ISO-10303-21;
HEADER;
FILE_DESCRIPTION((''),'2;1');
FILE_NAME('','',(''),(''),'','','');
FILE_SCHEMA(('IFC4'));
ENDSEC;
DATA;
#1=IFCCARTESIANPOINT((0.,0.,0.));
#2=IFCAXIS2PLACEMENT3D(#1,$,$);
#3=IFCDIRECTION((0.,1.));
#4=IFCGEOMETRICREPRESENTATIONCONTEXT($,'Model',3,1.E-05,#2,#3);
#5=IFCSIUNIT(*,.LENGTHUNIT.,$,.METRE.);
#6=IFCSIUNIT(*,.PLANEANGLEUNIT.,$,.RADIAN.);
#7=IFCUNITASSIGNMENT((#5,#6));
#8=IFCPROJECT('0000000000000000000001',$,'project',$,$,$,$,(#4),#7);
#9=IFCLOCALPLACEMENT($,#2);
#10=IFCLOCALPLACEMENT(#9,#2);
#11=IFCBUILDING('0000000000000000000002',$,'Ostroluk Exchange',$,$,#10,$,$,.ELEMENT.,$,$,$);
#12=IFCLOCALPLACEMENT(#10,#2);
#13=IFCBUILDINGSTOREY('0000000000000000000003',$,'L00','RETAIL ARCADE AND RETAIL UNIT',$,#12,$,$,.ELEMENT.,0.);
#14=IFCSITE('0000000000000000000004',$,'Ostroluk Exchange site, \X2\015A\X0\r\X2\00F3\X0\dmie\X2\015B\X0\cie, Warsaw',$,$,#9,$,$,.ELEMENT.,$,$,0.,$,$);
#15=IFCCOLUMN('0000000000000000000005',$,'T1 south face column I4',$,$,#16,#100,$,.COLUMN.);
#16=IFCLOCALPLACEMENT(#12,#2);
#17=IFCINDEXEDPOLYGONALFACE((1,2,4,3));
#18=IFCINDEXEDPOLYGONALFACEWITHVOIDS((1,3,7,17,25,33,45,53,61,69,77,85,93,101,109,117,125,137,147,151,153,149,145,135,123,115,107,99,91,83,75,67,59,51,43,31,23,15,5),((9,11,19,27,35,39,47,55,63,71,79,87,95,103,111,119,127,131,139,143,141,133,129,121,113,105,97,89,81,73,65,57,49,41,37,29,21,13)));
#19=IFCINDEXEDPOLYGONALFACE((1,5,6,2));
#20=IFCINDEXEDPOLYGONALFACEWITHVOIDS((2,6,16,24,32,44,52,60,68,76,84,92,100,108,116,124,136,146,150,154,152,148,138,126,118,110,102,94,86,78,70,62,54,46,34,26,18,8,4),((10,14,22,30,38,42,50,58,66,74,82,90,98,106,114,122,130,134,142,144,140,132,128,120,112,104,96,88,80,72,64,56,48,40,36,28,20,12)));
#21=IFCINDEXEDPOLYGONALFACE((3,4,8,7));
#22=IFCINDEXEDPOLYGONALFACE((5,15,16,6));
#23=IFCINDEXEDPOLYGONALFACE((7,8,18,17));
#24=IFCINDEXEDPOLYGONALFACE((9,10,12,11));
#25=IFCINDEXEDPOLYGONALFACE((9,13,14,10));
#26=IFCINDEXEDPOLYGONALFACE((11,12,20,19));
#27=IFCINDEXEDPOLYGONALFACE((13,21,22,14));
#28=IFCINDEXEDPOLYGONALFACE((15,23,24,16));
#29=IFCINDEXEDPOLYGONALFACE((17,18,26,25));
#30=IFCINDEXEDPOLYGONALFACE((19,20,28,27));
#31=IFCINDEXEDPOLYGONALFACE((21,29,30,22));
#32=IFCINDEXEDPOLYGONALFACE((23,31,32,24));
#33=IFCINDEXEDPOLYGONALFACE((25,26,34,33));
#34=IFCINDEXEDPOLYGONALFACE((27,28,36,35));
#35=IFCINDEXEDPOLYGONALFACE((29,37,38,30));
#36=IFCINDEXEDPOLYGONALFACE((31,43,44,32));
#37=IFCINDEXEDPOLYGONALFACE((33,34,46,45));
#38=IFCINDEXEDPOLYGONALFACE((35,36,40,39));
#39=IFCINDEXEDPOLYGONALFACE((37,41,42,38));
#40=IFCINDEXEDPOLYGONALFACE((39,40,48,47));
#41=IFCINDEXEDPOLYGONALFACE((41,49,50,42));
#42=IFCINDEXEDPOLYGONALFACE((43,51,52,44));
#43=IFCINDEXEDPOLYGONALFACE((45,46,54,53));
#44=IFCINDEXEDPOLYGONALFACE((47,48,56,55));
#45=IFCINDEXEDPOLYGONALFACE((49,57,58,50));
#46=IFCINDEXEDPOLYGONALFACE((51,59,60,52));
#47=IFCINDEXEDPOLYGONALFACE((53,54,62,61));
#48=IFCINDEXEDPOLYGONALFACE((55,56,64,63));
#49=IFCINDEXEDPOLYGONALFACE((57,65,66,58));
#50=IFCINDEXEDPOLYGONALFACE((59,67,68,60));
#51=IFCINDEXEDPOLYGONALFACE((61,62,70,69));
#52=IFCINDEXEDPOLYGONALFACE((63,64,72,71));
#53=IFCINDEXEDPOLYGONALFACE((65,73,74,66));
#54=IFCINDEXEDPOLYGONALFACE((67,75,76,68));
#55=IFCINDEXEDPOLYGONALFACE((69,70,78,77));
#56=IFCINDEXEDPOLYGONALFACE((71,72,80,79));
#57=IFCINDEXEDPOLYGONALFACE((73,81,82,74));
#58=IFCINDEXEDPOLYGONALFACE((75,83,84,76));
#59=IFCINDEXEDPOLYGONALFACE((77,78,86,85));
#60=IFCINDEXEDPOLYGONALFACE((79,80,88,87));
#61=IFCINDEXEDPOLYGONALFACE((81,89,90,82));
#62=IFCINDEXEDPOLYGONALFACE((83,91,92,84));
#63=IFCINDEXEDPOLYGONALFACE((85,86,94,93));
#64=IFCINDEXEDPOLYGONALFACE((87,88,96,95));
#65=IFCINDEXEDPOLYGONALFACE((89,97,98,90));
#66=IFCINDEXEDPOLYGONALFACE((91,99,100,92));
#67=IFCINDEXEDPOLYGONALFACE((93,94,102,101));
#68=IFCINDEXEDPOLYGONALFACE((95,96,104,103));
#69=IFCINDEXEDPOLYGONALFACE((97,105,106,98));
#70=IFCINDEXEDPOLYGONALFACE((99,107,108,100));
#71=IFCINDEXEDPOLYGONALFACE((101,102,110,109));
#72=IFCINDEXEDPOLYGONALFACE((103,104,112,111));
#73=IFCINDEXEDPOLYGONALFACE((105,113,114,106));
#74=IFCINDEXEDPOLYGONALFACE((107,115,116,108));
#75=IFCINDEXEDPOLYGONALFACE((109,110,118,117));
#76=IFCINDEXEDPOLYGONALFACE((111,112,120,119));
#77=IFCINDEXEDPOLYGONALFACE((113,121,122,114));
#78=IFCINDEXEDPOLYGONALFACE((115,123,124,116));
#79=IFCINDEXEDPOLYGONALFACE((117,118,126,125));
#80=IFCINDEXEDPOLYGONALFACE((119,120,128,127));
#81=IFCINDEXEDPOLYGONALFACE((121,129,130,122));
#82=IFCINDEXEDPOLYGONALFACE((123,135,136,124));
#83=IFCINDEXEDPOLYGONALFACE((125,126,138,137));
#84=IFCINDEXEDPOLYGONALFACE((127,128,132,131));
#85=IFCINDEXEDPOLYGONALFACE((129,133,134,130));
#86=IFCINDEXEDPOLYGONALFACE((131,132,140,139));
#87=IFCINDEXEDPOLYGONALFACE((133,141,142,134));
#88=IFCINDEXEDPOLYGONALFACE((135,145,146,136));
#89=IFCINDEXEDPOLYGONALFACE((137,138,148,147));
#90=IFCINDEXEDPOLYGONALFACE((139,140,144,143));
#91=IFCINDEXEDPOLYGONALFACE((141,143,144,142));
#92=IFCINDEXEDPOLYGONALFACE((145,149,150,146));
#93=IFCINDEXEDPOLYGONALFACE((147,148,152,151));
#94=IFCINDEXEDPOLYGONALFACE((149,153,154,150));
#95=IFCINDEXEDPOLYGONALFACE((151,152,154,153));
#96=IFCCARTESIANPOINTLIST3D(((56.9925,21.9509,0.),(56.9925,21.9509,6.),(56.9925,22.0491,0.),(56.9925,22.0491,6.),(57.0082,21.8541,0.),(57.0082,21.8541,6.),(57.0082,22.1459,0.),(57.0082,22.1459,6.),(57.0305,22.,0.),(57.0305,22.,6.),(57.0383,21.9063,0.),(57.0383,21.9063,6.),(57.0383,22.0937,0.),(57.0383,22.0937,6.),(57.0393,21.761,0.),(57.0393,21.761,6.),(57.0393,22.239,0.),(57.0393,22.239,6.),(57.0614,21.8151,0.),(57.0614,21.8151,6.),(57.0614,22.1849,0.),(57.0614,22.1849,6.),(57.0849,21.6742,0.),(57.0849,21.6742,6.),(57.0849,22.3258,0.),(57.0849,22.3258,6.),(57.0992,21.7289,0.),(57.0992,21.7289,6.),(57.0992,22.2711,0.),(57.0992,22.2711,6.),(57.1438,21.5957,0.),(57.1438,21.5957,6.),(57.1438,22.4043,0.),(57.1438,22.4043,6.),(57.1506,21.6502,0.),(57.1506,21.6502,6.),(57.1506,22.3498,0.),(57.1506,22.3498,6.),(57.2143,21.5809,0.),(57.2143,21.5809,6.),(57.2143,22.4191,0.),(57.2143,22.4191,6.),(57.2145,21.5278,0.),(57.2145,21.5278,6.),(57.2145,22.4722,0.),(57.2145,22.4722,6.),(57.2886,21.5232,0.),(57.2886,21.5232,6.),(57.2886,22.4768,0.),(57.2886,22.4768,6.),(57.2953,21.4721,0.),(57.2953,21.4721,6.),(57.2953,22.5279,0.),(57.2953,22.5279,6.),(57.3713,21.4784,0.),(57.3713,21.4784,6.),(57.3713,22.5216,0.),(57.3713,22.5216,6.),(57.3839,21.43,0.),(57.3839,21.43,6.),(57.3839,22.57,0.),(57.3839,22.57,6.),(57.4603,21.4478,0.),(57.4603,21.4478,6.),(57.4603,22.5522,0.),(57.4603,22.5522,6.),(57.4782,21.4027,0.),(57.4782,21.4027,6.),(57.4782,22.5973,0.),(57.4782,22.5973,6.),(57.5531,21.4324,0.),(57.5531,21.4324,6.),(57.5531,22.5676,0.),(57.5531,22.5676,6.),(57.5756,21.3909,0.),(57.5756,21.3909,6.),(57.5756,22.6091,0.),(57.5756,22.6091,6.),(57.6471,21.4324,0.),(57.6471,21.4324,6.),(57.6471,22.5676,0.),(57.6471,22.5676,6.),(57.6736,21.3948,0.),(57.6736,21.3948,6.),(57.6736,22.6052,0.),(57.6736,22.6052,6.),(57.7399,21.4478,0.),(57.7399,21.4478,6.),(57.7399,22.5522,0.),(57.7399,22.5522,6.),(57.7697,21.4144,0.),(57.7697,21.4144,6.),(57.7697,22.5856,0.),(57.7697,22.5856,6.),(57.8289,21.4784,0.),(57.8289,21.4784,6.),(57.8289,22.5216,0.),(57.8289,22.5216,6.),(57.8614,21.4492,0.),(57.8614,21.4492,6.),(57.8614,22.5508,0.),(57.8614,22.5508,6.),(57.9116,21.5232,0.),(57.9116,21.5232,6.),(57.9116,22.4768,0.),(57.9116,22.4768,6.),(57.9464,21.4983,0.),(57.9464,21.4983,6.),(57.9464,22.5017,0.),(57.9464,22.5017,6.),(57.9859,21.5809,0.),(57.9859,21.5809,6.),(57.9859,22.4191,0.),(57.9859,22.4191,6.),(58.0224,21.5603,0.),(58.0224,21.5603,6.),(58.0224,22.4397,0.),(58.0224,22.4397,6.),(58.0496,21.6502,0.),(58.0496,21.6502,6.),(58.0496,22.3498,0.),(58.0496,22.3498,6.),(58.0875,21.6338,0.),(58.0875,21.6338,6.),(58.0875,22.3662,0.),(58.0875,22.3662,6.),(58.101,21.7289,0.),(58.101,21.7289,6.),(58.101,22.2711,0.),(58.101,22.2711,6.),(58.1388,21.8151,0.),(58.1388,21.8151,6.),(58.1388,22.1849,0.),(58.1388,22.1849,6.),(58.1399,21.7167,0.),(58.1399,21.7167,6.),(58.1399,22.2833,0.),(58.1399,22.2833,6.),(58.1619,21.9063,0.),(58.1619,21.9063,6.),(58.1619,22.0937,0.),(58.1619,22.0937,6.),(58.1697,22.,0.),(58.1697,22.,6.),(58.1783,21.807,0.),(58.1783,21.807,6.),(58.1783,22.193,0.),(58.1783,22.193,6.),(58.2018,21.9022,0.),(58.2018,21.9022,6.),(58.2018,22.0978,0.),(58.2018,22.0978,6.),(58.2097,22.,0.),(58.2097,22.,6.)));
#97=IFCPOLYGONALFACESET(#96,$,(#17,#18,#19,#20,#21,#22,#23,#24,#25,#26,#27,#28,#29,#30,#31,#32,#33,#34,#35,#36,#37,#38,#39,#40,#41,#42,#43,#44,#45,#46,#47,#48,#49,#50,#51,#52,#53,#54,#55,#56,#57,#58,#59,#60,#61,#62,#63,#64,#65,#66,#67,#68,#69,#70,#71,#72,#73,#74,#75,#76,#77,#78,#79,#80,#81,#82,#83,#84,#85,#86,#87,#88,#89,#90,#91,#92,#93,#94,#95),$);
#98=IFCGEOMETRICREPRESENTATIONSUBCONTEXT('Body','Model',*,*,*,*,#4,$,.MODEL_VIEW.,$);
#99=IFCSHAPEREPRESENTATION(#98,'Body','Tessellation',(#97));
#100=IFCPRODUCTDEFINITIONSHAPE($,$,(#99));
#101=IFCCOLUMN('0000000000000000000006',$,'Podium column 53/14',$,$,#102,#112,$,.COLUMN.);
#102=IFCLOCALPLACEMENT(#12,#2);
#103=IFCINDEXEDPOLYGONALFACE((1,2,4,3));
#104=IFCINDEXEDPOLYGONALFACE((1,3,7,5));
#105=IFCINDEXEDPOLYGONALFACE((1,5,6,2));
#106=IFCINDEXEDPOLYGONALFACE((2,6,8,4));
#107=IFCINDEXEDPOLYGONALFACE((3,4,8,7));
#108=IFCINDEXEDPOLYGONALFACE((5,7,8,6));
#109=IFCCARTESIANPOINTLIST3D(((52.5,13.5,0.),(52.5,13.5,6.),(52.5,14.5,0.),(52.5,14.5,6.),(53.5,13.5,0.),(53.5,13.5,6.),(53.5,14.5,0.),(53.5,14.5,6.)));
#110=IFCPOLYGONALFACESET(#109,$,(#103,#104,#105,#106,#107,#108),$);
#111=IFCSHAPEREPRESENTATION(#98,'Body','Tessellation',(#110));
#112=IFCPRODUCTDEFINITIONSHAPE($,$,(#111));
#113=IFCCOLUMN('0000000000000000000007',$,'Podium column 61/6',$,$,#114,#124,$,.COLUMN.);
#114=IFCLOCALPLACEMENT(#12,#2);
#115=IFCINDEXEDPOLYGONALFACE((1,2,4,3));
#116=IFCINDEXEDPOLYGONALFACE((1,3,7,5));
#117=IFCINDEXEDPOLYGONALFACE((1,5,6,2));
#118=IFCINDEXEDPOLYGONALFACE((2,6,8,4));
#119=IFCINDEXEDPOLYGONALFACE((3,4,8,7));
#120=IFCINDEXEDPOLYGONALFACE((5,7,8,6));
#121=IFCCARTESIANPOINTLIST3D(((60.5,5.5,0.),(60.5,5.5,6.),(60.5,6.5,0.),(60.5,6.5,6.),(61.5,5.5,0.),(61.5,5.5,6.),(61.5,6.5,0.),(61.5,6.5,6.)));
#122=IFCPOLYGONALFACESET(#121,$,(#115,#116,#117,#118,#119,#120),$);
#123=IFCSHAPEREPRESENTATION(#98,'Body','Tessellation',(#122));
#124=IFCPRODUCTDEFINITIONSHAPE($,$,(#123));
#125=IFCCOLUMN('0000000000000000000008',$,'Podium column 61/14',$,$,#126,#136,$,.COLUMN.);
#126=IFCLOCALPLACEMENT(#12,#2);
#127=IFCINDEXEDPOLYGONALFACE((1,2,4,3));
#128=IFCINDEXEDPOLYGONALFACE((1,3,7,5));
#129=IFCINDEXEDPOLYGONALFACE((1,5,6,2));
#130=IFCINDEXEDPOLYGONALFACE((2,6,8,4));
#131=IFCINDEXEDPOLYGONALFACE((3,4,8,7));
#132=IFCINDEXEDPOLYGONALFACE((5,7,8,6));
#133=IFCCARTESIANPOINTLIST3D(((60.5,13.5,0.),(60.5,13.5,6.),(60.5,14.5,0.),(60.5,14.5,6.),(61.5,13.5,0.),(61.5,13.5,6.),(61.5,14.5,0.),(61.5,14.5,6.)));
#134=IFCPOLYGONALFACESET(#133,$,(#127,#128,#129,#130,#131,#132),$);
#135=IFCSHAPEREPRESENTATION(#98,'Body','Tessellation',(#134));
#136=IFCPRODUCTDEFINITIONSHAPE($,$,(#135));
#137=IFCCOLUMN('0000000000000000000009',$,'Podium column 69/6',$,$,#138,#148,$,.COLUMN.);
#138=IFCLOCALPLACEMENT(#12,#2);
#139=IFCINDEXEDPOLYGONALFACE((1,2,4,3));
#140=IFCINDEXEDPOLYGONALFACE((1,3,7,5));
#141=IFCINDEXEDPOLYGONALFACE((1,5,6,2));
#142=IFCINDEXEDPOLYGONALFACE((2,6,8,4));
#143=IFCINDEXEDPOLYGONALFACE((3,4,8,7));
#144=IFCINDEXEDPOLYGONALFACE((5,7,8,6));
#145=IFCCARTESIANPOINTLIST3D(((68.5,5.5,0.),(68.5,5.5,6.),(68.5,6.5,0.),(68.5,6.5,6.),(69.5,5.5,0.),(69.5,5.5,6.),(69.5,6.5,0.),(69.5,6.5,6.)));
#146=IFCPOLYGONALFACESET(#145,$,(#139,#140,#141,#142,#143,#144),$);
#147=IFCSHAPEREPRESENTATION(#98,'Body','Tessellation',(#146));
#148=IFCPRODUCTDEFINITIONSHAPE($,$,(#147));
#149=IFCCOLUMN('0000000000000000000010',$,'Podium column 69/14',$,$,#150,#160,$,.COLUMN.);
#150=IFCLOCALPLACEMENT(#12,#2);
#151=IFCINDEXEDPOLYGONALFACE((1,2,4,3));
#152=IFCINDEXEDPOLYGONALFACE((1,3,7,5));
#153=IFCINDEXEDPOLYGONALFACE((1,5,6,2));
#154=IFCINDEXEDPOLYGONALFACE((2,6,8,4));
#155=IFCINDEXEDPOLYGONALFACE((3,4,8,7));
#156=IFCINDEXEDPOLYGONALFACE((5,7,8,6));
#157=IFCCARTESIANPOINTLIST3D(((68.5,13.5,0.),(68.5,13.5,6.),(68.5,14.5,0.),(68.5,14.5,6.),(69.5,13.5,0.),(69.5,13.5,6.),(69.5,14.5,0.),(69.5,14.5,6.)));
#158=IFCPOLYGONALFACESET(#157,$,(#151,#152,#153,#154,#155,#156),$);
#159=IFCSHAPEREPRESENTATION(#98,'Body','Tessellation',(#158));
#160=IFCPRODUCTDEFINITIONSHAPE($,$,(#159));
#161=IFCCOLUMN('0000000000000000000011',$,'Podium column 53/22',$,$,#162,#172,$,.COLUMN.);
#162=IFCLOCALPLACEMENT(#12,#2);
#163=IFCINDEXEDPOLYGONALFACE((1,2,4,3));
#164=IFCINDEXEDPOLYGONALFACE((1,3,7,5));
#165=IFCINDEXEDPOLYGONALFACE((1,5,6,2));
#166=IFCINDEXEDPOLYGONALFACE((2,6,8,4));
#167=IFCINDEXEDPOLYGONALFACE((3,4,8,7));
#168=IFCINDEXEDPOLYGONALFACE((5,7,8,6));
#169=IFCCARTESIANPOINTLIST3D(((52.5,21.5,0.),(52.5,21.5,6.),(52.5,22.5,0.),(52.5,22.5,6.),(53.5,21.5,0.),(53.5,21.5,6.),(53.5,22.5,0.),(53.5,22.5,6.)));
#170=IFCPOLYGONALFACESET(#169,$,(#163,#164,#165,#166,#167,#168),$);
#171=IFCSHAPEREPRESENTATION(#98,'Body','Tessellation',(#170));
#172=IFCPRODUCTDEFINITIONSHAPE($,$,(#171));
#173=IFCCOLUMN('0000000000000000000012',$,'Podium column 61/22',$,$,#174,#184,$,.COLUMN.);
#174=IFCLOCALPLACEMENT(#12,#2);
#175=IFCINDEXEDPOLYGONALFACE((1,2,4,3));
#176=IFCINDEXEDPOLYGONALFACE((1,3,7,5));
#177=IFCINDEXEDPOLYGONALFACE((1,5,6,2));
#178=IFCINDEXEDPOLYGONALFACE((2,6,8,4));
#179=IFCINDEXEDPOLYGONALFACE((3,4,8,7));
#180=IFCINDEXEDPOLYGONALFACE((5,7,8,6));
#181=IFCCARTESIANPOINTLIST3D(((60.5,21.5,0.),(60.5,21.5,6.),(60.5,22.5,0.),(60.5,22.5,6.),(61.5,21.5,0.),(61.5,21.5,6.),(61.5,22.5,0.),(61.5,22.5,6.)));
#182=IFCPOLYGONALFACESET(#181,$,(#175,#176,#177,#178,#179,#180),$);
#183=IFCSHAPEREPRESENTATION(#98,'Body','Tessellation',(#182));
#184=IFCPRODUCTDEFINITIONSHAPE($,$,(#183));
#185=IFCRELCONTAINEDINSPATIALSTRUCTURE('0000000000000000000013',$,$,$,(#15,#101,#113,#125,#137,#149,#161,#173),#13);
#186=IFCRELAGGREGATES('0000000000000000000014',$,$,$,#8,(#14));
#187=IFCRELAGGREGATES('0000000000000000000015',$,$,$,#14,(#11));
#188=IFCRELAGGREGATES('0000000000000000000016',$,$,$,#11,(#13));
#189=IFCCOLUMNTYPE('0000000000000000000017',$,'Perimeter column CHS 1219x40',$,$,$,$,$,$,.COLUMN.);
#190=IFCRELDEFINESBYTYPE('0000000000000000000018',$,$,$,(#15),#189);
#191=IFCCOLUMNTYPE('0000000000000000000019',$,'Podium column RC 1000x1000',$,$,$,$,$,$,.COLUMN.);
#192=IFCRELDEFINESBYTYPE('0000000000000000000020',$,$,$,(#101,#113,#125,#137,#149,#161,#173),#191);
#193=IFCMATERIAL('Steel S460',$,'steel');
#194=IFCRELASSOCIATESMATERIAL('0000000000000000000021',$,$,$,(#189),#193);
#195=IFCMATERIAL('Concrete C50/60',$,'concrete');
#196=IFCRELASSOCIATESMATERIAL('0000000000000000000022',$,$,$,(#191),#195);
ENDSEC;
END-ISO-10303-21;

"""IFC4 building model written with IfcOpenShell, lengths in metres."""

from ifc_helpers import new_model, si_unit, direction, frame, origin, origin_2d, place, context, subcontext, project, spatial, rectangle, hollow_circle, extrude, material, material_profile, profile_set, type_object, element, save


model = new_model("IFC4")

# Units and contexts
model_context = context("Model", 3, precision=1e-05, world=origin(), true_north=direction((0.0, 1.0)))
body_context = subcontext(model_context, "Body", "Model", "MODEL_VIEW")
ifc_project = project(units=[si_unit("LENGTHUNIT", "METRE"), si_unit("PLANEANGLEUNIT", "RADIAN")], contexts=[model_context])

# Site, building, storey
site_placement = place(None, origin())
site = spatial("IfcSite", under=ifc_project, at=site_placement, Name="Ostroluk Exchange site, Śródmieście, Warsaw", CompositionType="ELEMENT", RefElevation=0.0)
building_placement = place(site_placement, origin())
building = spatial("IfcBuilding", under=site, at=building_placement, Name="Ostroluk Exchange", CompositionType="ELEMENT")
storey_placement = place(building_placement, origin())
storey = spatial("IfcBuildingStorey", under=building, at=storey_placement, Name="L00", Description="RETAIL ARCADE AND RETAIL UNIT", CompositionType="ELEMENT", Elevation=0.0)

# Columns
ifc_material_1 = material(Name="Steel S460", Category="steel")
ifc_material_profile_1 = material_profile(ifc_material_1, hollow_circle(Radius=0.6096, WallThickness=0.04, at=origin_2d()), Name="CHS 1219x40")
ifc_profile_set_1 = profile_set([ifc_material_profile_1], Name="Steel S460")
column_type_1 = type_object("IfcColumnType", Name="Perimeter column CHS 1219x40", PredefinedType="COLUMN", material=ifc_profile_set_1)
for number, where, z_axis, x_axis, name in (
    (1, (57.6001, 22.0, 0.0), (0.0, 0.0, 1.0), (1.0, 0.0, 0.0), "T1 south face column I4"),
):
    element("IfcColumn", number, at=place(storey_placement, frame(where, z_axis=z_axis, x_axis=x_axis)), inside=storey, type_object=column_type_1, Name=name, PredefinedType="COLUMN", context=body_context, shape_type="SweptSolid", body=[
        extrude(hollow_circle(Radius=0.6096, WallThickness=0.04, at=origin_2d()), origin(), (0.0, 0.0, 1.0), 6.0),
    ])
ifc_material_2 = material(Name="Concrete C50/60", Category="concrete")
ifc_material_profile_2 = material_profile(ifc_material_2, rectangle(XDim=1.0, YDim=1.0, at=origin_2d()), Name="RC 1000x1000")
ifc_profile_set_2 = profile_set([ifc_material_profile_2], Name="Concrete C50/60")
column_type_2 = type_object("IfcColumnType", Name="Podium column RC 1000x1000", PredefinedType="COLUMN", material=ifc_profile_set_2)
for number, where, z_axis, x_axis, name in (
    (2, (53.0, 14.0, 0.0), (0.0, 0.0, 1.0), (1.0, 0.0, 0.0), "Podium column 53/14"),
    (3, (61.0, 6.0, 0.0), (0.0, 0.0, 1.0), (1.0, 0.0, 0.0), "Podium column 61/6"),
    (4, (61.0, 14.0, 0.0), (0.0, 0.0, 1.0), (1.0, 0.0, 0.0), "Podium column 61/14"),
    (5, (69.0, 6.0, 0.0), (0.0, 0.0, 1.0), (1.0, 0.0, 0.0), "Podium column 69/6"),
    (6, (69.0, 14.0, 0.0), (0.0, 0.0, 1.0), (1.0, 0.0, 0.0), "Podium column 69/14"),
    (7, (53.0, 22.0, 0.0), (0.0, 0.0, 1.0), (1.0, 0.0, 0.0), "Podium column 53/22"),
    (8, (61.0, 22.0, 0.0), (0.0, 0.0, 1.0), (1.0, 0.0, 0.0), "Podium column 61/22"),
):
    element("IfcColumn", number, at=place(storey_placement, frame(where, z_axis=z_axis, x_axis=x_axis)), inside=storey, type_object=column_type_2, Name=name, PredefinedType="COLUMN", context=body_context, shape_type="SweptSolid", body=[
        extrude(rectangle(XDim=1.0, YDim=1.0, at=origin_2d()), origin(), (0.0, 0.0, 1.0), 6.0),
    ])

save(model, "model.ifc")
